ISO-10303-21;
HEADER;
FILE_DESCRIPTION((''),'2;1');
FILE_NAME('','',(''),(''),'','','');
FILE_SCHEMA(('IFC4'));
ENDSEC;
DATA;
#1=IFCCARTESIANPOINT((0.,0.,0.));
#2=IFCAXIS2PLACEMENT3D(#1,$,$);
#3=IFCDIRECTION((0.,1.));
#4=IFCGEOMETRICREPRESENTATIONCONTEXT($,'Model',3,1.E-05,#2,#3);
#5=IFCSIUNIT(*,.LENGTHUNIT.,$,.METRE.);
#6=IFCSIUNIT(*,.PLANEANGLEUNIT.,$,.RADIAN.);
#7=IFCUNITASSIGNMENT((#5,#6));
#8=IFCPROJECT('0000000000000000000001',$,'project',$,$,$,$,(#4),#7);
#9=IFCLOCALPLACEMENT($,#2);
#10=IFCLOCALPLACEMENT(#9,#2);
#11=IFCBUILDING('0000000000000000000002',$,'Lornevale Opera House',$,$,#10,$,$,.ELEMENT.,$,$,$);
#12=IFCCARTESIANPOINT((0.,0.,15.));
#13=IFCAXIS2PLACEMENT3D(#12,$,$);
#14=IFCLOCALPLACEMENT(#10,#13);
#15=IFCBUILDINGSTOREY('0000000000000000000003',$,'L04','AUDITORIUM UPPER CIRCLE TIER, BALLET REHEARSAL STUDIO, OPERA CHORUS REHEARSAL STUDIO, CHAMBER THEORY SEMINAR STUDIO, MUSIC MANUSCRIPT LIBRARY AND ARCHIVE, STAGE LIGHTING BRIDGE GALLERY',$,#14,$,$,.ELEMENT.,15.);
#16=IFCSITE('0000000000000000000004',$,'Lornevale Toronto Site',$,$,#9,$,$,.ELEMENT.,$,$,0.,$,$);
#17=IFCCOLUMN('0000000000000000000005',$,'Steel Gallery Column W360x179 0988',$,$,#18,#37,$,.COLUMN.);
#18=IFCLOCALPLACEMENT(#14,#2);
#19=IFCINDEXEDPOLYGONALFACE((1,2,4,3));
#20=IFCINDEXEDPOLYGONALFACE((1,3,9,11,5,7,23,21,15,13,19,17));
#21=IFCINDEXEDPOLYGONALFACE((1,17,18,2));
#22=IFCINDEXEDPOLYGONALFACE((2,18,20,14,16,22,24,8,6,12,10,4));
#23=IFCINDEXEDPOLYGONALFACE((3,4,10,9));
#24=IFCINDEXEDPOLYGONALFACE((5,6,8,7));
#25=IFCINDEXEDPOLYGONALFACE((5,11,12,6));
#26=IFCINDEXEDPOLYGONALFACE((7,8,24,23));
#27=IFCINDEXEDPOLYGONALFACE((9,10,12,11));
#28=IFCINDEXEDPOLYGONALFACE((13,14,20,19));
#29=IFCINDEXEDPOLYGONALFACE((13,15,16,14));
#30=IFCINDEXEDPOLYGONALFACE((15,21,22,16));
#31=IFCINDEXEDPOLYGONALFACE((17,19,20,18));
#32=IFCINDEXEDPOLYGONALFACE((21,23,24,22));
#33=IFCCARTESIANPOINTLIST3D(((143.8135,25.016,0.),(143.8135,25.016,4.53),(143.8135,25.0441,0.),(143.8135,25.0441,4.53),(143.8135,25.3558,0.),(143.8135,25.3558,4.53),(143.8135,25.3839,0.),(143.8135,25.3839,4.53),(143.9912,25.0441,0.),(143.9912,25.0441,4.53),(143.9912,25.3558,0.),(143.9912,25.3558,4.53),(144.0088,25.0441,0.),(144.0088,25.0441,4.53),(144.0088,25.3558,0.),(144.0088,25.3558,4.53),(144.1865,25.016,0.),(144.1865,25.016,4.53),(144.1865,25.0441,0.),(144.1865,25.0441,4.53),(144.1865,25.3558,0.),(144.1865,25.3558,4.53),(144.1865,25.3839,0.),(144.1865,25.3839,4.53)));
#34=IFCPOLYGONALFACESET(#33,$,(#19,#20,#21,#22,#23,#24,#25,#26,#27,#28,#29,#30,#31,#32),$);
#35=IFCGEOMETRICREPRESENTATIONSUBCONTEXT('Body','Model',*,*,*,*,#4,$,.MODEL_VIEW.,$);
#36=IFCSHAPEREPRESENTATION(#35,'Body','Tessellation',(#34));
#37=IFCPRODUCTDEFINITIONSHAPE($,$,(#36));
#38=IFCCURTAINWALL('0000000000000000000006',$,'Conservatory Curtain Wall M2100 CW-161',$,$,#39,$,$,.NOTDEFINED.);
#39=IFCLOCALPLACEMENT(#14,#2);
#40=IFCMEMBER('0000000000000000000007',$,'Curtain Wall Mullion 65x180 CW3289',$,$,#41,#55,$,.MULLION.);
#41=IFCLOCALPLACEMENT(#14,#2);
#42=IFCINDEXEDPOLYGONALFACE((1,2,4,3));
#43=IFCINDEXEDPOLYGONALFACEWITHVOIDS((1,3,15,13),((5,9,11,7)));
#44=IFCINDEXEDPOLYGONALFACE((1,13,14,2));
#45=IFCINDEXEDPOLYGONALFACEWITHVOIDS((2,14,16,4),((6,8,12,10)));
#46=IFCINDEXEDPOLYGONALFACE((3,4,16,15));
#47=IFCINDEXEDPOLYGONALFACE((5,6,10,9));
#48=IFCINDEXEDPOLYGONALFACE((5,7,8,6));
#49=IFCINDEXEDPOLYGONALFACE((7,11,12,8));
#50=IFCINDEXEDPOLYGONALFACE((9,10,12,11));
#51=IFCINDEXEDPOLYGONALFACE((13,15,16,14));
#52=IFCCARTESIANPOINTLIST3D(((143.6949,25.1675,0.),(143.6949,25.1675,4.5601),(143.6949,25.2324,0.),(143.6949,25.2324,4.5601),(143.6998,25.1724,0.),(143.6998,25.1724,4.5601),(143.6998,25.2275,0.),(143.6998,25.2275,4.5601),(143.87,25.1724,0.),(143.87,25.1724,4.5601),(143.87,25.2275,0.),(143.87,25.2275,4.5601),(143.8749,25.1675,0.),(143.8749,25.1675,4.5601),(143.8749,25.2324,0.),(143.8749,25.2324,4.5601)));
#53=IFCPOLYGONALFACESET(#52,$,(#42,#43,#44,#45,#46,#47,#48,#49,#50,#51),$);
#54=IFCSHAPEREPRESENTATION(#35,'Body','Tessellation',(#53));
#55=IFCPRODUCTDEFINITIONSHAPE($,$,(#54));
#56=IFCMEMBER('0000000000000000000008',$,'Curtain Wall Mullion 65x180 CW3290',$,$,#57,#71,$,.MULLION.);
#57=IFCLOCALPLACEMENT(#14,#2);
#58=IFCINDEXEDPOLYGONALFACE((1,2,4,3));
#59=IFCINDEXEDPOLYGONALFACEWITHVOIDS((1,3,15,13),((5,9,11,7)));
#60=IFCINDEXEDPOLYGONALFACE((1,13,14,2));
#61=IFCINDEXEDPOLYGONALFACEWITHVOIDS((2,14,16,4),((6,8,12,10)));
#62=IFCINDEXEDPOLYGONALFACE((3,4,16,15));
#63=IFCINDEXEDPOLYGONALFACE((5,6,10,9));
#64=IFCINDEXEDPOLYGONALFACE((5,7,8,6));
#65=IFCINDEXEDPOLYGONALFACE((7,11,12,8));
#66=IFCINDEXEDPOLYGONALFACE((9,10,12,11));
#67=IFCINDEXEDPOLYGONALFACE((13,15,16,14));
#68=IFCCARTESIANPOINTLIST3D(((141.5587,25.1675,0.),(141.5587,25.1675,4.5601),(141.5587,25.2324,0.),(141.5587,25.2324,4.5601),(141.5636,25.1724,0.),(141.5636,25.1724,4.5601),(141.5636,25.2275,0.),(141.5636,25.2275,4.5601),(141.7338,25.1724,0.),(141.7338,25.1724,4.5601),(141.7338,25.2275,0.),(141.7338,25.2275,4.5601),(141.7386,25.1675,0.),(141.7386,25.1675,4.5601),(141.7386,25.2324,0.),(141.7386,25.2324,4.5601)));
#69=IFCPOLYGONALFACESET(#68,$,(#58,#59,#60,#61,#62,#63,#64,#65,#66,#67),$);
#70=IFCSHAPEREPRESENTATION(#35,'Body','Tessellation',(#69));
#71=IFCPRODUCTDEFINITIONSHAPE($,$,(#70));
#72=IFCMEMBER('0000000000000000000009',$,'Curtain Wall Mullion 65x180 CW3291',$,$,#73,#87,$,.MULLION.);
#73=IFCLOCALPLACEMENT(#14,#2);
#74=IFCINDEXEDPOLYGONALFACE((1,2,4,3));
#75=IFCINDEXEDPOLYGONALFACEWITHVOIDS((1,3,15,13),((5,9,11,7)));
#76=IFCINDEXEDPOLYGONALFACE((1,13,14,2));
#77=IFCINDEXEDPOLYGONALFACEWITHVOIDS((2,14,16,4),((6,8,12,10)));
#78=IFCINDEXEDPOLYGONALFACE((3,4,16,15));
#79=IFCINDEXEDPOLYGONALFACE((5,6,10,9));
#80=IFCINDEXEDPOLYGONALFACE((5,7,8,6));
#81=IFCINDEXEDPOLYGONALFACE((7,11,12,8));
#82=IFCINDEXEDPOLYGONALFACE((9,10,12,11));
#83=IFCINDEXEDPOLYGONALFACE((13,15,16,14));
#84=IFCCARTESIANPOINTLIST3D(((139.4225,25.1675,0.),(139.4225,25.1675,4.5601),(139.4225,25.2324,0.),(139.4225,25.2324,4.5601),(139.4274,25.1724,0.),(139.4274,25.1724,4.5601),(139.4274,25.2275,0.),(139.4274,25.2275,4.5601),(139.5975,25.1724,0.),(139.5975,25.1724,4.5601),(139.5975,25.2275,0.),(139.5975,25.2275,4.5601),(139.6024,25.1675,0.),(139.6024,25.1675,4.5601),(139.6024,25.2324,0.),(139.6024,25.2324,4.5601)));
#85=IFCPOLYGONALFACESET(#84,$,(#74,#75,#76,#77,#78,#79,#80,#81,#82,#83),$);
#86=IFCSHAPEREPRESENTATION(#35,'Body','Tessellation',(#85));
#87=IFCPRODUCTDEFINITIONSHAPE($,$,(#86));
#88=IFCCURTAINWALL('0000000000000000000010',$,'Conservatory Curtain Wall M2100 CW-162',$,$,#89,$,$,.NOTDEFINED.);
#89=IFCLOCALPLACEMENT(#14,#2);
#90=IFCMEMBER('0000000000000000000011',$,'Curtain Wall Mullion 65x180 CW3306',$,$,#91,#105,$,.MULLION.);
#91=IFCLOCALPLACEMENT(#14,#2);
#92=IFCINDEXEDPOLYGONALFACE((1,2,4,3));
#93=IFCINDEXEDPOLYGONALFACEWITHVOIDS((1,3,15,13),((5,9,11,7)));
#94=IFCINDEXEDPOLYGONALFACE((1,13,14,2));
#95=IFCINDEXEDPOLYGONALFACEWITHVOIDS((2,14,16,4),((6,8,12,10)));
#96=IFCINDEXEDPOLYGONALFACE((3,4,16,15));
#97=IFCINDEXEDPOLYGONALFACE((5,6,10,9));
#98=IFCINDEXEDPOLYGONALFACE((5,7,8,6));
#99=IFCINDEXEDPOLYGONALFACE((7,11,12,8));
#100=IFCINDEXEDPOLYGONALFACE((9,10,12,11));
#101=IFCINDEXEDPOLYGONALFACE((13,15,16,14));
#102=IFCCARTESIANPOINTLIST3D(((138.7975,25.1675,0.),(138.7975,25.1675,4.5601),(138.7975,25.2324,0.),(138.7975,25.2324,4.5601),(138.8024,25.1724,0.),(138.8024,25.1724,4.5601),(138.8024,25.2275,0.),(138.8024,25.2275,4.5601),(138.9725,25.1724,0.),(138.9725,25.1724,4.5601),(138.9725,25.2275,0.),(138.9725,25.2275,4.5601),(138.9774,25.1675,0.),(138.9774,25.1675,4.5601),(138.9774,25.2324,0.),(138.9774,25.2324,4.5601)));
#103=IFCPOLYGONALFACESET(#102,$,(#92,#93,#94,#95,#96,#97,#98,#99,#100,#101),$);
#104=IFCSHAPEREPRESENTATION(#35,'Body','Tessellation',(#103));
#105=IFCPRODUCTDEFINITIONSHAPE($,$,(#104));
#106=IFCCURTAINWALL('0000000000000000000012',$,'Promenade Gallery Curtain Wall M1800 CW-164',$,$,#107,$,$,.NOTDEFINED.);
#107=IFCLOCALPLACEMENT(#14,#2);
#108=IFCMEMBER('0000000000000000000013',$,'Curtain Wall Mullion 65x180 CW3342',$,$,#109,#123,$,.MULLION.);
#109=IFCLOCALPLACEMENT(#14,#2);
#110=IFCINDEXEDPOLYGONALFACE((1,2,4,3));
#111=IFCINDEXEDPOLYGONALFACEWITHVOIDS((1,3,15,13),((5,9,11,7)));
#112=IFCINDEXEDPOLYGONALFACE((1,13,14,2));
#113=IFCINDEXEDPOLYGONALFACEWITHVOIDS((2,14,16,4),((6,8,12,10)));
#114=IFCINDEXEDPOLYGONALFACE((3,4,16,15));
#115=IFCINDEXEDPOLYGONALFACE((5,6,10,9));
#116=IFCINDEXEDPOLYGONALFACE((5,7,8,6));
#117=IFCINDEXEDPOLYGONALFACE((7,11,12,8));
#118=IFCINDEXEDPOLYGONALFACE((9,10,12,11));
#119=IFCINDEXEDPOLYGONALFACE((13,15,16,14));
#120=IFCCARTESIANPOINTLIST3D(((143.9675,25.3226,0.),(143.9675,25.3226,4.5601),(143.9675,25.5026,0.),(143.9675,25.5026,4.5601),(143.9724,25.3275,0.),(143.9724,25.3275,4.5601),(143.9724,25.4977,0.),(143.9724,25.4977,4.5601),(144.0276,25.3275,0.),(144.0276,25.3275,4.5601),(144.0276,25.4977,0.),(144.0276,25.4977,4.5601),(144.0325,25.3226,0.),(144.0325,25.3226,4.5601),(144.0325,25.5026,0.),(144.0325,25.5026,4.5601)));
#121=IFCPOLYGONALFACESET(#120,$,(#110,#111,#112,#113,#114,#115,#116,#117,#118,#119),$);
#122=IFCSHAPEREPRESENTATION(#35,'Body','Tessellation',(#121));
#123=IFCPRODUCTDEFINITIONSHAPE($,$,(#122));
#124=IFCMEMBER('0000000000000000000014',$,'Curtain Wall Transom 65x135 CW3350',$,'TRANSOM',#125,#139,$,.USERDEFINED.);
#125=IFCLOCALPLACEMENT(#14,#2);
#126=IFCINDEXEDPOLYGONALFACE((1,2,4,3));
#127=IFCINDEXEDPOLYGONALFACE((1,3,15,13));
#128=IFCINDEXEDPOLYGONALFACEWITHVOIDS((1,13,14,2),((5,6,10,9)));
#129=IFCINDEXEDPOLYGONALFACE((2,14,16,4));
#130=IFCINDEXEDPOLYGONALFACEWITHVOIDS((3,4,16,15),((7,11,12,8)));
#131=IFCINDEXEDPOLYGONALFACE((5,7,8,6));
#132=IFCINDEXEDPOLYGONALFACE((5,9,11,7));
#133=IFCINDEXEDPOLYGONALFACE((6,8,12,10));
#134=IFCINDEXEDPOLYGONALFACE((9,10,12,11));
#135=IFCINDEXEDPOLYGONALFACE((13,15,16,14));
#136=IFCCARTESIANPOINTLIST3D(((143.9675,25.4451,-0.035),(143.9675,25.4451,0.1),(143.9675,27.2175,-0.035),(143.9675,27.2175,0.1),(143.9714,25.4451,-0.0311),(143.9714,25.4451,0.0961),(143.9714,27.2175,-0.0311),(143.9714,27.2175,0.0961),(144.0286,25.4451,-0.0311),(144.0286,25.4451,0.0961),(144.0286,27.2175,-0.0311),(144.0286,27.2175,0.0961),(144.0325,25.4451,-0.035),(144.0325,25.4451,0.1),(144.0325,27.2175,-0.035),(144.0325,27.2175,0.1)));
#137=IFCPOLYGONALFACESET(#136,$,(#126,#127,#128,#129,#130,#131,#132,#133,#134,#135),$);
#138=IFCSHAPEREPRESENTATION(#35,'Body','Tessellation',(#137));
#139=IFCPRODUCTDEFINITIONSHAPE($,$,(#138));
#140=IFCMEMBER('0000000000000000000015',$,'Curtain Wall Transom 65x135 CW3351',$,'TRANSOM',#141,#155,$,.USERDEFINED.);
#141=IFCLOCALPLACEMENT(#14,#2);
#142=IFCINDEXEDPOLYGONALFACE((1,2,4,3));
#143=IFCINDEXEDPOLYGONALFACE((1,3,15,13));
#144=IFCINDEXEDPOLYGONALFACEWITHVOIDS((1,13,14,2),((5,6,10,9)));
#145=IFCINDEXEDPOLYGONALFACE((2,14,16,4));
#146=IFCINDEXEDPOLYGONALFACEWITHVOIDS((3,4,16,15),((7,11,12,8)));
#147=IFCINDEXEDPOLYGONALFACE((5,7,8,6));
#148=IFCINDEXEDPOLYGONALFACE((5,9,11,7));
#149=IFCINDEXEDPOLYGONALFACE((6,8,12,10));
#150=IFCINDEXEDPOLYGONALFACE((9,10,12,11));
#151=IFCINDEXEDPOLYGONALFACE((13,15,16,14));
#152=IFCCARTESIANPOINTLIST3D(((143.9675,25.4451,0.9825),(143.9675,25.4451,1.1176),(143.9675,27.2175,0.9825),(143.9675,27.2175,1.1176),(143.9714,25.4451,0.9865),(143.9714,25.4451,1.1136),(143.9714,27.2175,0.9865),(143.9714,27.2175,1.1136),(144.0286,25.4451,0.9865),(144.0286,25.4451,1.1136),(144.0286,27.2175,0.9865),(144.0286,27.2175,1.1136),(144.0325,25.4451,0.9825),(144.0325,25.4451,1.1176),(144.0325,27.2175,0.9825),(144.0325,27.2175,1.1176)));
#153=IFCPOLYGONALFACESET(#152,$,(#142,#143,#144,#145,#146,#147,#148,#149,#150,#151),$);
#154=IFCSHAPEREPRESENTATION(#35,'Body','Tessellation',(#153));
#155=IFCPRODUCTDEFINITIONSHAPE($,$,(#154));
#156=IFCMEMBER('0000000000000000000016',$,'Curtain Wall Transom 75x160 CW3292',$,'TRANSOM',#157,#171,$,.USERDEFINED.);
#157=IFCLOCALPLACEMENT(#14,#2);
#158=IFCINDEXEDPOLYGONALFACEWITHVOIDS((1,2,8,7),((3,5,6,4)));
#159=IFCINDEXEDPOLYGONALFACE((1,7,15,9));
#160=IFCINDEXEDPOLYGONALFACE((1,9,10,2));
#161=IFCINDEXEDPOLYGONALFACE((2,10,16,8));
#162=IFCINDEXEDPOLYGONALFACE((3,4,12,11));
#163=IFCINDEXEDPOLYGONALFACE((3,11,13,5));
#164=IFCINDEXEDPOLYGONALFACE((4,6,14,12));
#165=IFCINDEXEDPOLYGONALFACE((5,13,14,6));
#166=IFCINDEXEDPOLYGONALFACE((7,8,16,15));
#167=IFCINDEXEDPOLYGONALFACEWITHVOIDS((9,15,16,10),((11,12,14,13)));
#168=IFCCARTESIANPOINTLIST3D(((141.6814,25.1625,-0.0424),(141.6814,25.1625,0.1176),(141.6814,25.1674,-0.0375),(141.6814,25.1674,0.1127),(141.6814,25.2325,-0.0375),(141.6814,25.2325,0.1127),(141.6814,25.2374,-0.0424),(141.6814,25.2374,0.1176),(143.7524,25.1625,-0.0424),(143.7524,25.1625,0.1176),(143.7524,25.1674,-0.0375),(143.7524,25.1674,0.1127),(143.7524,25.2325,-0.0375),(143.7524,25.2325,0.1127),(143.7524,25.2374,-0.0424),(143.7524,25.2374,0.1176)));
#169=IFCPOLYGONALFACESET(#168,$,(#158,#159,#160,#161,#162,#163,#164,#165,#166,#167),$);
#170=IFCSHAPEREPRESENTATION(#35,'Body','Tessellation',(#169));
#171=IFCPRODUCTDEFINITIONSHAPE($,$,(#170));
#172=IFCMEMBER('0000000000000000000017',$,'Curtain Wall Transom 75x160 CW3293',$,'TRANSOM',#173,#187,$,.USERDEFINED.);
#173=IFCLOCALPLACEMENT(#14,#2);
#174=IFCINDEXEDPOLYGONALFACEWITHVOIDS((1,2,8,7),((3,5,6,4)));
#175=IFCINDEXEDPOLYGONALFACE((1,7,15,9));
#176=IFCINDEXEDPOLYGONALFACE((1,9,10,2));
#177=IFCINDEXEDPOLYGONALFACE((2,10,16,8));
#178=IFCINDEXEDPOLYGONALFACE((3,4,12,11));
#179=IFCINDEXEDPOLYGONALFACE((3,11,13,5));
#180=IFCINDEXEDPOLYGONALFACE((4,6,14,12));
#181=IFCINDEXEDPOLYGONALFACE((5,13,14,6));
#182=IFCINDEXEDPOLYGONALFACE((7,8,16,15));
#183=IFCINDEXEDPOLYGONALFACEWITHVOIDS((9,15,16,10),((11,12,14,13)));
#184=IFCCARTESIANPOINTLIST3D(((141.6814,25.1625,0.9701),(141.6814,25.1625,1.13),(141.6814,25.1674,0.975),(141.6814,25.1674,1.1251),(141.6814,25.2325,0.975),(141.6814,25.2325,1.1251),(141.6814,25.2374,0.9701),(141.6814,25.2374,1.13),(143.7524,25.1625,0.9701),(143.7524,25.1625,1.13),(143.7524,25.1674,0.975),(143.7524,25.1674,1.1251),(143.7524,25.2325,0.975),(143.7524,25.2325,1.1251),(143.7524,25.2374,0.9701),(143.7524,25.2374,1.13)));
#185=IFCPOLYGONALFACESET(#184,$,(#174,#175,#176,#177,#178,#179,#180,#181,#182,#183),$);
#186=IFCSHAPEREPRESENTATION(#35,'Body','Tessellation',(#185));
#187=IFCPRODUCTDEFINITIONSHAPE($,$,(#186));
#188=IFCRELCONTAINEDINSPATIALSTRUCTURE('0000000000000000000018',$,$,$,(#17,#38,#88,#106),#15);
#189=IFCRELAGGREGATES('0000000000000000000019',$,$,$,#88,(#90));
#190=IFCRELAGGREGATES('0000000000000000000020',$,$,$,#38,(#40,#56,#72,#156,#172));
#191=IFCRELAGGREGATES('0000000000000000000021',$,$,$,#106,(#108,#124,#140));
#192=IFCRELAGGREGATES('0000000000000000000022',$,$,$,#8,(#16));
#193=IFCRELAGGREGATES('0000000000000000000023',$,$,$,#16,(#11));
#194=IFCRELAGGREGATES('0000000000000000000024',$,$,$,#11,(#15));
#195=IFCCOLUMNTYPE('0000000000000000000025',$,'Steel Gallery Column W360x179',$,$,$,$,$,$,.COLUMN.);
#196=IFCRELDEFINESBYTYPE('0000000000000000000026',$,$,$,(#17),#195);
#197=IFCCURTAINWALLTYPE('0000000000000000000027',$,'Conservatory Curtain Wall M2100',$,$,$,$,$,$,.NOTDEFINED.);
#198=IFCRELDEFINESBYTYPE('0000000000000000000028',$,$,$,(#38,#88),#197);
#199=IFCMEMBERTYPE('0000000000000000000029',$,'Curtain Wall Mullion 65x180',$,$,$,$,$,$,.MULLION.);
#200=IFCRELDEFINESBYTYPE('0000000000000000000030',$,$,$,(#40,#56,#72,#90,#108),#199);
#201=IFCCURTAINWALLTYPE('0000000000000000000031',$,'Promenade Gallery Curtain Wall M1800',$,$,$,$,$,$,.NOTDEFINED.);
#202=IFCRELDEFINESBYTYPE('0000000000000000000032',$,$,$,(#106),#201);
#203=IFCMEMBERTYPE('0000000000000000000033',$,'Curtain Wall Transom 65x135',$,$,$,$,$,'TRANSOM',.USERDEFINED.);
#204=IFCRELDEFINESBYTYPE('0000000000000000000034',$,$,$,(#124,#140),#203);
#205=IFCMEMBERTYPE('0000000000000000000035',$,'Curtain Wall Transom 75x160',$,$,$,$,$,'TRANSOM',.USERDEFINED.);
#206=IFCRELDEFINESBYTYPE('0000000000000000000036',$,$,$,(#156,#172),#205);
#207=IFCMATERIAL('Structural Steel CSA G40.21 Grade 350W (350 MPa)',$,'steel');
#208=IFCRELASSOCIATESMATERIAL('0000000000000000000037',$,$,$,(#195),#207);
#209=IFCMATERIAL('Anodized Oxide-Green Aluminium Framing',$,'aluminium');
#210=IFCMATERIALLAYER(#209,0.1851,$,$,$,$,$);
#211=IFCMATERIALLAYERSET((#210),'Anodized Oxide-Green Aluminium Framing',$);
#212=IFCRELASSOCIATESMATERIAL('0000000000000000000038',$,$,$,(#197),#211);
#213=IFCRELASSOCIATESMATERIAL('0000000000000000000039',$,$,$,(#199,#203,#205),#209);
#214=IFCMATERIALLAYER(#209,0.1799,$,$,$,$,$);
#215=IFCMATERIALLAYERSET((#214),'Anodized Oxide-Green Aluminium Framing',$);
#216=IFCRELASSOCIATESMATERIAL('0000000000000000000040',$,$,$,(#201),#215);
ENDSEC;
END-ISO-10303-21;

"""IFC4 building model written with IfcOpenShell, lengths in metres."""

from ifc_helpers import new_model, si_unit, direction, frame, origin, origin_2d, place, context, subcontext, project, spatial, hollow_rectangle, i_section, extrude, material, layer, layer_set, material_profile, profile_set, type_object, element, aggregate, save


model = new_model("IFC4")

# Units and contexts
model_context = context("Model", 3, precision=1e-05, world=origin(), true_north=direction((0.0, 1.0)))
body_context = subcontext(model_context, "Body", "Model", "MODEL_VIEW")
ifc_project = project(units=[si_unit("LENGTHUNIT", "METRE"), si_unit("PLANEANGLEUNIT", "RADIAN")], contexts=[model_context])

# Site, building, storey
site_placement = place(None, origin())
site = spatial("IfcSite", under=ifc_project, at=site_placement, Name="Lornevale Toronto Site", CompositionType="ELEMENT", RefElevation=0.0)
building_placement = place(site_placement, origin())
building = spatial("IfcBuilding", under=site, at=building_placement, Name="Lornevale Opera House", CompositionType="ELEMENT")
storey_placement = place(building_placement, frame((0.0, 0.0, 15.0)))
storey = spatial("IfcBuildingStorey", under=building, at=storey_placement, Name="L04", Description="AUDITORIUM UPPER CIRCLE TIER, BALLET REHEARSAL STUDIO, OPERA CHORUS REHEARSAL STUDIO, CHAMBER THEORY SEMINAR STUDIO, MUSIC MANUSCRIPT LIBRARY AND ARCHIVE, STAGE LIGHTING BRIDGE GALLERY", CompositionType="ELEMENT", Elevation=15.0)

# Column
ifc_material_1 = material(Name="Structural Steel CSA G40.21 Grade 350W (350 MPa)", Category="steel")
ifc_material_profile_1 = material_profile(ifc_material_1, i_section(OverallWidth=0.373, OverallDepth=0.3679, WebThickness=0.0176, FlangeThickness=0.0281, at=origin_2d()), Name="W360x179")
ifc_profile_set_1 = profile_set([ifc_material_profile_1], Name="Structural Steel CSA G40.21 Grade 350W (350 MPa)")
column_type = type_object("IfcColumnType", Name="Steel Gallery Column W360x179", PredefinedType="COLUMN", material=ifc_profile_set_1)
column_placement = place(storey_placement, frame((144.0, 25.2, 0.0), z_axis=(0.0, 0.0, 1.0), x_axis=(1.0, 0.0, 0.0)))
element("IfcColumn", 1, at=column_placement, inside=storey, type_object=column_type, Name="Steel Gallery Column W360x179 0988", PredefinedType="COLUMN", context=body_context, shape_type="SweptSolid", body=[
    extrude(i_section(OverallWidth=0.373, OverallDepth=0.3679, WebThickness=0.0176, FlangeThickness=0.0281, at=origin_2d()), origin(), (0.0, 0.0, 1.0), 4.53),
])

# Curtain wall, members
ifc_material_2 = material(Name="Anodized Oxide-Green Aluminium Framing", Category="aluminium")
ifc_layer_1 = layer(ifc_material_2, 0.1851)
ifc_layer_set_1 = layer_set([ifc_layer_1], Name="Anodized Oxide-Green Aluminium Framing")
curtain_wall_type_1 = type_object("IfcCurtainWallType", Name="Conservatory Curtain Wall M2100", PredefinedType="NOTDEFINED", material=ifc_layer_set_1)
curtain_wall_1_placement = place(storey_placement, origin())
curtain_wall_1 = element("IfcCurtainWall", 2, at=curtain_wall_1_placement, inside=storey, type_object=curtain_wall_type_1, Name="Conservatory Curtain Wall M2100 CW-161", PredefinedType="NOTDEFINED")
ifc_material_profile_2 = material_profile(ifc_material_2, hollow_rectangle(XDim=0.0649, YDim=0.1799, WallThickness=0.0049, at=origin_2d()), Name="ALU65x180x5")
ifc_profile_set_2 = profile_set([ifc_material_profile_2], Name="Anodized Oxide-Green Aluminium Framing")
member_type_1 = type_object("IfcMemberType", Name="Curtain Wall Mullion 65x180", PredefinedType="MULLION", material=ifc_profile_set_2)
member_1_placement = place(storey_placement, frame((143.7849, 25.2, 0.0), z_axis=(0.0, 0.0, 1.0), x_axis=(0.0, -1.0, 0.0)))
member_1 = element("IfcMember", 3, at=member_1_placement, type_object=member_type_1, Name="Curtain Wall Mullion 65x180 CW3289", PredefinedType="MULLION", context=body_context, shape_type="SweptSolid", body=[
    extrude(hollow_rectangle(XDim=0.0649, YDim=0.1799, WallThickness=0.0049, at=origin_2d()), origin(), (0.0, 0.0, 1.0), 4.5601),
])
member_2_placement = place(storey_placement, frame((141.6487, 25.2, 0.0), z_axis=(0.0, 0.0, 1.0), x_axis=(0.0, -1.0, 0.0)))
member_2 = element("IfcMember", 4, at=member_2_placement, type_object=member_type_1, Name="Curtain Wall Mullion 65x180 CW3290", PredefinedType="MULLION", context=body_context, shape_type="SweptSolid", body=[
    extrude(hollow_rectangle(XDim=0.0649, YDim=0.1799, WallThickness=0.0049, at=origin_2d()), origin(), (0.0, 0.0, 1.0), 4.5601),
])
member_3_placement = place(storey_placement, frame((139.5125, 25.2, 0.0), z_axis=(0.0, 0.0, 1.0), x_axis=(0.0, -1.0, 0.0)))
member_3 = element("IfcMember", 5, at=member_3_placement, type_object=member_type_1, Name="Curtain Wall Mullion 65x180 CW3291", PredefinedType="MULLION", context=body_context, shape_type="SweptSolid", body=[
    extrude(hollow_rectangle(XDim=0.0649, YDim=0.1799, WallThickness=0.0049, at=origin_2d()), origin(), (0.0, 0.0, 1.0), 4.5601),
])

# Curtain wall, member
curtain_wall_2_placement = place(storey_placement, origin())
curtain_wall_2 = element("IfcCurtainWall", 6, at=curtain_wall_2_placement, inside=storey, type_object=curtain_wall_type_1, Name="Conservatory Curtain Wall M2100 CW-162", PredefinedType="NOTDEFINED")
member_4_placement = place(storey_placement, frame((138.8875, 25.2, 0.0), z_axis=(0.0, 0.0, 1.0), x_axis=(0.0, -1.0, 0.0)))
member_4 = element("IfcMember", 7, at=member_4_placement, type_object=member_type_1, Name="Curtain Wall Mullion 65x180 CW3306", PredefinedType="MULLION", context=body_context, shape_type="SweptSolid", body=[
    extrude(hollow_rectangle(XDim=0.0649, YDim=0.1799, WallThickness=0.0049, at=origin_2d()), origin(), (0.0, 0.0, 1.0), 4.5601),
])

# Curtain wall, members
ifc_layer_2 = layer(ifc_material_2, 0.1799)
ifc_layer_set_2 = layer_set([ifc_layer_2], Name="Anodized Oxide-Green Aluminium Framing")
curtain_wall_type_2 = type_object("IfcCurtainWallType", Name="Promenade Gallery Curtain Wall M1800", PredefinedType="NOTDEFINED", material=ifc_layer_set_2)
curtain_wall_3_placement = place(storey_placement, origin())
curtain_wall_3 = element("IfcCurtainWall", 8, at=curtain_wall_3_placement, inside=storey, type_object=curtain_wall_type_2, Name="Promenade Gallery Curtain Wall M1800 CW-164", PredefinedType="NOTDEFINED")
member_5_placement = place(storey_placement, frame((144.0, 25.4126, 0.0), z_axis=(0.0, 0.0, 1.0), x_axis=(1.0, 0.0, 0.0)))
member_5 = element("IfcMember", 9, at=member_5_placement, type_object=member_type_1, Name="Curtain Wall Mullion 65x180 CW3342", PredefinedType="MULLION", context=body_context, shape_type="SweptSolid", body=[
    extrude(hollow_rectangle(XDim=0.0649, YDim=0.1799, WallThickness=0.0049, at=origin_2d()), origin(), (0.0, 0.0, 1.0), 4.5601),
])
ifc_material_profile_3 = material_profile(ifc_material_2, hollow_rectangle(XDim=0.0649, YDim=0.135, WallThickness=0.0039, at=origin_2d()), Name="ALU65x135x4")
ifc_profile_set_3 = profile_set([ifc_material_profile_3], Name="Anodized Oxide-Green Aluminium Framing")
member_type_2 = type_object("IfcMemberType", Name="Curtain Wall Transom 65x135", ElementType="TRANSOM", PredefinedType="USERDEFINED", material=ifc_profile_set_3)
member_6_placement = place(storey_placement, frame((144.0, 27.2175, 0.0325), z_axis=(0.0, -1.0, 0.0), x_axis=(1.0, 0.0, 0.0)))
member_6 = element("IfcMember", 10, at=member_6_placement, type_object=member_type_2, Name="Curtain Wall Transom 65x135 CW3350", ObjectType="TRANSOM", PredefinedType="USERDEFINED", context=body_context, shape_type="SweptSolid", body=[
    extrude(hollow_rectangle(XDim=0.0649, YDim=0.135, WallThickness=0.0039, at=origin_2d()), origin(), (0.0, 0.0, 1.0), 1.7725),
])
member_7_placement = place(storey_placement, frame((144.0, 27.2175, 1.05), z_axis=(0.0, -1.0, 0.0), x_axis=(1.0, 0.0, 0.0)))
member_7 = element("IfcMember", 11, at=member_7_placement, type_object=member_type_2, Name="Curtain Wall Transom 65x135 CW3351", ObjectType="TRANSOM", PredefinedType="USERDEFINED", context=body_context, shape_type="SweptSolid", body=[
    extrude(hollow_rectangle(XDim=0.0649, YDim=0.135, WallThickness=0.0039, at=origin_2d()), origin(), (0.0, 0.0, 1.0), 1.7725),
])

# Members
ifc_material_profile_4 = material_profile(ifc_material_2, hollow_rectangle(XDim=0.075, YDim=0.1599, WallThickness=0.0049, at=origin_2d()), Name="ALU75x160x5")
ifc_profile_set_4 = profile_set([ifc_material_profile_4], Name="Anodized Oxide-Green Aluminium Framing")
member_type_3 = type_object("IfcMemberType", Name="Curtain Wall Transom 75x160", ElementType="TRANSOM", PredefinedType="USERDEFINED", material=ifc_profile_set_4)
member_8_placement = place(storey_placement, frame((143.7524, 25.2, 0.0376), z_axis=(-1.0, 0.0, 0.0), x_axis=(0.0, -1.0, 0.0)))
member_8 = element("IfcMember", 12, at=member_8_placement, type_object=member_type_3, Name="Curtain Wall Transom 75x160 CW3292", ObjectType="TRANSOM", PredefinedType="USERDEFINED", context=body_context, shape_type="SweptSolid", body=[
    extrude(hollow_rectangle(XDim=0.075, YDim=0.1599, WallThickness=0.0049, at=origin_2d()), origin(), (0.0, 0.0, 1.0), 2.071),
])
member_9_placement = place(storey_placement, frame((143.7524, 25.2, 1.05), z_axis=(-1.0, 0.0, 0.0), x_axis=(0.0, -1.0, 0.0)))
member_9 = element("IfcMember", 13, at=member_9_placement, type_object=member_type_3, Name="Curtain Wall Transom 75x160 CW3293", ObjectType="TRANSOM", PredefinedType="USERDEFINED", context=body_context, shape_type="SweptSolid", body=[
    extrude(hollow_rectangle(XDim=0.075, YDim=0.1599, WallThickness=0.0049, at=origin_2d()), origin(), (0.0, 0.0, 1.0), 2.071),
])
aggregate(curtain_wall_2, [member_4])

aggregate(curtain_wall_1, [member_1, member_2, member_3, member_8, member_9])
aggregate(curtain_wall_3, [member_5, member_6, member_7])

save(model, "model.ifc")
